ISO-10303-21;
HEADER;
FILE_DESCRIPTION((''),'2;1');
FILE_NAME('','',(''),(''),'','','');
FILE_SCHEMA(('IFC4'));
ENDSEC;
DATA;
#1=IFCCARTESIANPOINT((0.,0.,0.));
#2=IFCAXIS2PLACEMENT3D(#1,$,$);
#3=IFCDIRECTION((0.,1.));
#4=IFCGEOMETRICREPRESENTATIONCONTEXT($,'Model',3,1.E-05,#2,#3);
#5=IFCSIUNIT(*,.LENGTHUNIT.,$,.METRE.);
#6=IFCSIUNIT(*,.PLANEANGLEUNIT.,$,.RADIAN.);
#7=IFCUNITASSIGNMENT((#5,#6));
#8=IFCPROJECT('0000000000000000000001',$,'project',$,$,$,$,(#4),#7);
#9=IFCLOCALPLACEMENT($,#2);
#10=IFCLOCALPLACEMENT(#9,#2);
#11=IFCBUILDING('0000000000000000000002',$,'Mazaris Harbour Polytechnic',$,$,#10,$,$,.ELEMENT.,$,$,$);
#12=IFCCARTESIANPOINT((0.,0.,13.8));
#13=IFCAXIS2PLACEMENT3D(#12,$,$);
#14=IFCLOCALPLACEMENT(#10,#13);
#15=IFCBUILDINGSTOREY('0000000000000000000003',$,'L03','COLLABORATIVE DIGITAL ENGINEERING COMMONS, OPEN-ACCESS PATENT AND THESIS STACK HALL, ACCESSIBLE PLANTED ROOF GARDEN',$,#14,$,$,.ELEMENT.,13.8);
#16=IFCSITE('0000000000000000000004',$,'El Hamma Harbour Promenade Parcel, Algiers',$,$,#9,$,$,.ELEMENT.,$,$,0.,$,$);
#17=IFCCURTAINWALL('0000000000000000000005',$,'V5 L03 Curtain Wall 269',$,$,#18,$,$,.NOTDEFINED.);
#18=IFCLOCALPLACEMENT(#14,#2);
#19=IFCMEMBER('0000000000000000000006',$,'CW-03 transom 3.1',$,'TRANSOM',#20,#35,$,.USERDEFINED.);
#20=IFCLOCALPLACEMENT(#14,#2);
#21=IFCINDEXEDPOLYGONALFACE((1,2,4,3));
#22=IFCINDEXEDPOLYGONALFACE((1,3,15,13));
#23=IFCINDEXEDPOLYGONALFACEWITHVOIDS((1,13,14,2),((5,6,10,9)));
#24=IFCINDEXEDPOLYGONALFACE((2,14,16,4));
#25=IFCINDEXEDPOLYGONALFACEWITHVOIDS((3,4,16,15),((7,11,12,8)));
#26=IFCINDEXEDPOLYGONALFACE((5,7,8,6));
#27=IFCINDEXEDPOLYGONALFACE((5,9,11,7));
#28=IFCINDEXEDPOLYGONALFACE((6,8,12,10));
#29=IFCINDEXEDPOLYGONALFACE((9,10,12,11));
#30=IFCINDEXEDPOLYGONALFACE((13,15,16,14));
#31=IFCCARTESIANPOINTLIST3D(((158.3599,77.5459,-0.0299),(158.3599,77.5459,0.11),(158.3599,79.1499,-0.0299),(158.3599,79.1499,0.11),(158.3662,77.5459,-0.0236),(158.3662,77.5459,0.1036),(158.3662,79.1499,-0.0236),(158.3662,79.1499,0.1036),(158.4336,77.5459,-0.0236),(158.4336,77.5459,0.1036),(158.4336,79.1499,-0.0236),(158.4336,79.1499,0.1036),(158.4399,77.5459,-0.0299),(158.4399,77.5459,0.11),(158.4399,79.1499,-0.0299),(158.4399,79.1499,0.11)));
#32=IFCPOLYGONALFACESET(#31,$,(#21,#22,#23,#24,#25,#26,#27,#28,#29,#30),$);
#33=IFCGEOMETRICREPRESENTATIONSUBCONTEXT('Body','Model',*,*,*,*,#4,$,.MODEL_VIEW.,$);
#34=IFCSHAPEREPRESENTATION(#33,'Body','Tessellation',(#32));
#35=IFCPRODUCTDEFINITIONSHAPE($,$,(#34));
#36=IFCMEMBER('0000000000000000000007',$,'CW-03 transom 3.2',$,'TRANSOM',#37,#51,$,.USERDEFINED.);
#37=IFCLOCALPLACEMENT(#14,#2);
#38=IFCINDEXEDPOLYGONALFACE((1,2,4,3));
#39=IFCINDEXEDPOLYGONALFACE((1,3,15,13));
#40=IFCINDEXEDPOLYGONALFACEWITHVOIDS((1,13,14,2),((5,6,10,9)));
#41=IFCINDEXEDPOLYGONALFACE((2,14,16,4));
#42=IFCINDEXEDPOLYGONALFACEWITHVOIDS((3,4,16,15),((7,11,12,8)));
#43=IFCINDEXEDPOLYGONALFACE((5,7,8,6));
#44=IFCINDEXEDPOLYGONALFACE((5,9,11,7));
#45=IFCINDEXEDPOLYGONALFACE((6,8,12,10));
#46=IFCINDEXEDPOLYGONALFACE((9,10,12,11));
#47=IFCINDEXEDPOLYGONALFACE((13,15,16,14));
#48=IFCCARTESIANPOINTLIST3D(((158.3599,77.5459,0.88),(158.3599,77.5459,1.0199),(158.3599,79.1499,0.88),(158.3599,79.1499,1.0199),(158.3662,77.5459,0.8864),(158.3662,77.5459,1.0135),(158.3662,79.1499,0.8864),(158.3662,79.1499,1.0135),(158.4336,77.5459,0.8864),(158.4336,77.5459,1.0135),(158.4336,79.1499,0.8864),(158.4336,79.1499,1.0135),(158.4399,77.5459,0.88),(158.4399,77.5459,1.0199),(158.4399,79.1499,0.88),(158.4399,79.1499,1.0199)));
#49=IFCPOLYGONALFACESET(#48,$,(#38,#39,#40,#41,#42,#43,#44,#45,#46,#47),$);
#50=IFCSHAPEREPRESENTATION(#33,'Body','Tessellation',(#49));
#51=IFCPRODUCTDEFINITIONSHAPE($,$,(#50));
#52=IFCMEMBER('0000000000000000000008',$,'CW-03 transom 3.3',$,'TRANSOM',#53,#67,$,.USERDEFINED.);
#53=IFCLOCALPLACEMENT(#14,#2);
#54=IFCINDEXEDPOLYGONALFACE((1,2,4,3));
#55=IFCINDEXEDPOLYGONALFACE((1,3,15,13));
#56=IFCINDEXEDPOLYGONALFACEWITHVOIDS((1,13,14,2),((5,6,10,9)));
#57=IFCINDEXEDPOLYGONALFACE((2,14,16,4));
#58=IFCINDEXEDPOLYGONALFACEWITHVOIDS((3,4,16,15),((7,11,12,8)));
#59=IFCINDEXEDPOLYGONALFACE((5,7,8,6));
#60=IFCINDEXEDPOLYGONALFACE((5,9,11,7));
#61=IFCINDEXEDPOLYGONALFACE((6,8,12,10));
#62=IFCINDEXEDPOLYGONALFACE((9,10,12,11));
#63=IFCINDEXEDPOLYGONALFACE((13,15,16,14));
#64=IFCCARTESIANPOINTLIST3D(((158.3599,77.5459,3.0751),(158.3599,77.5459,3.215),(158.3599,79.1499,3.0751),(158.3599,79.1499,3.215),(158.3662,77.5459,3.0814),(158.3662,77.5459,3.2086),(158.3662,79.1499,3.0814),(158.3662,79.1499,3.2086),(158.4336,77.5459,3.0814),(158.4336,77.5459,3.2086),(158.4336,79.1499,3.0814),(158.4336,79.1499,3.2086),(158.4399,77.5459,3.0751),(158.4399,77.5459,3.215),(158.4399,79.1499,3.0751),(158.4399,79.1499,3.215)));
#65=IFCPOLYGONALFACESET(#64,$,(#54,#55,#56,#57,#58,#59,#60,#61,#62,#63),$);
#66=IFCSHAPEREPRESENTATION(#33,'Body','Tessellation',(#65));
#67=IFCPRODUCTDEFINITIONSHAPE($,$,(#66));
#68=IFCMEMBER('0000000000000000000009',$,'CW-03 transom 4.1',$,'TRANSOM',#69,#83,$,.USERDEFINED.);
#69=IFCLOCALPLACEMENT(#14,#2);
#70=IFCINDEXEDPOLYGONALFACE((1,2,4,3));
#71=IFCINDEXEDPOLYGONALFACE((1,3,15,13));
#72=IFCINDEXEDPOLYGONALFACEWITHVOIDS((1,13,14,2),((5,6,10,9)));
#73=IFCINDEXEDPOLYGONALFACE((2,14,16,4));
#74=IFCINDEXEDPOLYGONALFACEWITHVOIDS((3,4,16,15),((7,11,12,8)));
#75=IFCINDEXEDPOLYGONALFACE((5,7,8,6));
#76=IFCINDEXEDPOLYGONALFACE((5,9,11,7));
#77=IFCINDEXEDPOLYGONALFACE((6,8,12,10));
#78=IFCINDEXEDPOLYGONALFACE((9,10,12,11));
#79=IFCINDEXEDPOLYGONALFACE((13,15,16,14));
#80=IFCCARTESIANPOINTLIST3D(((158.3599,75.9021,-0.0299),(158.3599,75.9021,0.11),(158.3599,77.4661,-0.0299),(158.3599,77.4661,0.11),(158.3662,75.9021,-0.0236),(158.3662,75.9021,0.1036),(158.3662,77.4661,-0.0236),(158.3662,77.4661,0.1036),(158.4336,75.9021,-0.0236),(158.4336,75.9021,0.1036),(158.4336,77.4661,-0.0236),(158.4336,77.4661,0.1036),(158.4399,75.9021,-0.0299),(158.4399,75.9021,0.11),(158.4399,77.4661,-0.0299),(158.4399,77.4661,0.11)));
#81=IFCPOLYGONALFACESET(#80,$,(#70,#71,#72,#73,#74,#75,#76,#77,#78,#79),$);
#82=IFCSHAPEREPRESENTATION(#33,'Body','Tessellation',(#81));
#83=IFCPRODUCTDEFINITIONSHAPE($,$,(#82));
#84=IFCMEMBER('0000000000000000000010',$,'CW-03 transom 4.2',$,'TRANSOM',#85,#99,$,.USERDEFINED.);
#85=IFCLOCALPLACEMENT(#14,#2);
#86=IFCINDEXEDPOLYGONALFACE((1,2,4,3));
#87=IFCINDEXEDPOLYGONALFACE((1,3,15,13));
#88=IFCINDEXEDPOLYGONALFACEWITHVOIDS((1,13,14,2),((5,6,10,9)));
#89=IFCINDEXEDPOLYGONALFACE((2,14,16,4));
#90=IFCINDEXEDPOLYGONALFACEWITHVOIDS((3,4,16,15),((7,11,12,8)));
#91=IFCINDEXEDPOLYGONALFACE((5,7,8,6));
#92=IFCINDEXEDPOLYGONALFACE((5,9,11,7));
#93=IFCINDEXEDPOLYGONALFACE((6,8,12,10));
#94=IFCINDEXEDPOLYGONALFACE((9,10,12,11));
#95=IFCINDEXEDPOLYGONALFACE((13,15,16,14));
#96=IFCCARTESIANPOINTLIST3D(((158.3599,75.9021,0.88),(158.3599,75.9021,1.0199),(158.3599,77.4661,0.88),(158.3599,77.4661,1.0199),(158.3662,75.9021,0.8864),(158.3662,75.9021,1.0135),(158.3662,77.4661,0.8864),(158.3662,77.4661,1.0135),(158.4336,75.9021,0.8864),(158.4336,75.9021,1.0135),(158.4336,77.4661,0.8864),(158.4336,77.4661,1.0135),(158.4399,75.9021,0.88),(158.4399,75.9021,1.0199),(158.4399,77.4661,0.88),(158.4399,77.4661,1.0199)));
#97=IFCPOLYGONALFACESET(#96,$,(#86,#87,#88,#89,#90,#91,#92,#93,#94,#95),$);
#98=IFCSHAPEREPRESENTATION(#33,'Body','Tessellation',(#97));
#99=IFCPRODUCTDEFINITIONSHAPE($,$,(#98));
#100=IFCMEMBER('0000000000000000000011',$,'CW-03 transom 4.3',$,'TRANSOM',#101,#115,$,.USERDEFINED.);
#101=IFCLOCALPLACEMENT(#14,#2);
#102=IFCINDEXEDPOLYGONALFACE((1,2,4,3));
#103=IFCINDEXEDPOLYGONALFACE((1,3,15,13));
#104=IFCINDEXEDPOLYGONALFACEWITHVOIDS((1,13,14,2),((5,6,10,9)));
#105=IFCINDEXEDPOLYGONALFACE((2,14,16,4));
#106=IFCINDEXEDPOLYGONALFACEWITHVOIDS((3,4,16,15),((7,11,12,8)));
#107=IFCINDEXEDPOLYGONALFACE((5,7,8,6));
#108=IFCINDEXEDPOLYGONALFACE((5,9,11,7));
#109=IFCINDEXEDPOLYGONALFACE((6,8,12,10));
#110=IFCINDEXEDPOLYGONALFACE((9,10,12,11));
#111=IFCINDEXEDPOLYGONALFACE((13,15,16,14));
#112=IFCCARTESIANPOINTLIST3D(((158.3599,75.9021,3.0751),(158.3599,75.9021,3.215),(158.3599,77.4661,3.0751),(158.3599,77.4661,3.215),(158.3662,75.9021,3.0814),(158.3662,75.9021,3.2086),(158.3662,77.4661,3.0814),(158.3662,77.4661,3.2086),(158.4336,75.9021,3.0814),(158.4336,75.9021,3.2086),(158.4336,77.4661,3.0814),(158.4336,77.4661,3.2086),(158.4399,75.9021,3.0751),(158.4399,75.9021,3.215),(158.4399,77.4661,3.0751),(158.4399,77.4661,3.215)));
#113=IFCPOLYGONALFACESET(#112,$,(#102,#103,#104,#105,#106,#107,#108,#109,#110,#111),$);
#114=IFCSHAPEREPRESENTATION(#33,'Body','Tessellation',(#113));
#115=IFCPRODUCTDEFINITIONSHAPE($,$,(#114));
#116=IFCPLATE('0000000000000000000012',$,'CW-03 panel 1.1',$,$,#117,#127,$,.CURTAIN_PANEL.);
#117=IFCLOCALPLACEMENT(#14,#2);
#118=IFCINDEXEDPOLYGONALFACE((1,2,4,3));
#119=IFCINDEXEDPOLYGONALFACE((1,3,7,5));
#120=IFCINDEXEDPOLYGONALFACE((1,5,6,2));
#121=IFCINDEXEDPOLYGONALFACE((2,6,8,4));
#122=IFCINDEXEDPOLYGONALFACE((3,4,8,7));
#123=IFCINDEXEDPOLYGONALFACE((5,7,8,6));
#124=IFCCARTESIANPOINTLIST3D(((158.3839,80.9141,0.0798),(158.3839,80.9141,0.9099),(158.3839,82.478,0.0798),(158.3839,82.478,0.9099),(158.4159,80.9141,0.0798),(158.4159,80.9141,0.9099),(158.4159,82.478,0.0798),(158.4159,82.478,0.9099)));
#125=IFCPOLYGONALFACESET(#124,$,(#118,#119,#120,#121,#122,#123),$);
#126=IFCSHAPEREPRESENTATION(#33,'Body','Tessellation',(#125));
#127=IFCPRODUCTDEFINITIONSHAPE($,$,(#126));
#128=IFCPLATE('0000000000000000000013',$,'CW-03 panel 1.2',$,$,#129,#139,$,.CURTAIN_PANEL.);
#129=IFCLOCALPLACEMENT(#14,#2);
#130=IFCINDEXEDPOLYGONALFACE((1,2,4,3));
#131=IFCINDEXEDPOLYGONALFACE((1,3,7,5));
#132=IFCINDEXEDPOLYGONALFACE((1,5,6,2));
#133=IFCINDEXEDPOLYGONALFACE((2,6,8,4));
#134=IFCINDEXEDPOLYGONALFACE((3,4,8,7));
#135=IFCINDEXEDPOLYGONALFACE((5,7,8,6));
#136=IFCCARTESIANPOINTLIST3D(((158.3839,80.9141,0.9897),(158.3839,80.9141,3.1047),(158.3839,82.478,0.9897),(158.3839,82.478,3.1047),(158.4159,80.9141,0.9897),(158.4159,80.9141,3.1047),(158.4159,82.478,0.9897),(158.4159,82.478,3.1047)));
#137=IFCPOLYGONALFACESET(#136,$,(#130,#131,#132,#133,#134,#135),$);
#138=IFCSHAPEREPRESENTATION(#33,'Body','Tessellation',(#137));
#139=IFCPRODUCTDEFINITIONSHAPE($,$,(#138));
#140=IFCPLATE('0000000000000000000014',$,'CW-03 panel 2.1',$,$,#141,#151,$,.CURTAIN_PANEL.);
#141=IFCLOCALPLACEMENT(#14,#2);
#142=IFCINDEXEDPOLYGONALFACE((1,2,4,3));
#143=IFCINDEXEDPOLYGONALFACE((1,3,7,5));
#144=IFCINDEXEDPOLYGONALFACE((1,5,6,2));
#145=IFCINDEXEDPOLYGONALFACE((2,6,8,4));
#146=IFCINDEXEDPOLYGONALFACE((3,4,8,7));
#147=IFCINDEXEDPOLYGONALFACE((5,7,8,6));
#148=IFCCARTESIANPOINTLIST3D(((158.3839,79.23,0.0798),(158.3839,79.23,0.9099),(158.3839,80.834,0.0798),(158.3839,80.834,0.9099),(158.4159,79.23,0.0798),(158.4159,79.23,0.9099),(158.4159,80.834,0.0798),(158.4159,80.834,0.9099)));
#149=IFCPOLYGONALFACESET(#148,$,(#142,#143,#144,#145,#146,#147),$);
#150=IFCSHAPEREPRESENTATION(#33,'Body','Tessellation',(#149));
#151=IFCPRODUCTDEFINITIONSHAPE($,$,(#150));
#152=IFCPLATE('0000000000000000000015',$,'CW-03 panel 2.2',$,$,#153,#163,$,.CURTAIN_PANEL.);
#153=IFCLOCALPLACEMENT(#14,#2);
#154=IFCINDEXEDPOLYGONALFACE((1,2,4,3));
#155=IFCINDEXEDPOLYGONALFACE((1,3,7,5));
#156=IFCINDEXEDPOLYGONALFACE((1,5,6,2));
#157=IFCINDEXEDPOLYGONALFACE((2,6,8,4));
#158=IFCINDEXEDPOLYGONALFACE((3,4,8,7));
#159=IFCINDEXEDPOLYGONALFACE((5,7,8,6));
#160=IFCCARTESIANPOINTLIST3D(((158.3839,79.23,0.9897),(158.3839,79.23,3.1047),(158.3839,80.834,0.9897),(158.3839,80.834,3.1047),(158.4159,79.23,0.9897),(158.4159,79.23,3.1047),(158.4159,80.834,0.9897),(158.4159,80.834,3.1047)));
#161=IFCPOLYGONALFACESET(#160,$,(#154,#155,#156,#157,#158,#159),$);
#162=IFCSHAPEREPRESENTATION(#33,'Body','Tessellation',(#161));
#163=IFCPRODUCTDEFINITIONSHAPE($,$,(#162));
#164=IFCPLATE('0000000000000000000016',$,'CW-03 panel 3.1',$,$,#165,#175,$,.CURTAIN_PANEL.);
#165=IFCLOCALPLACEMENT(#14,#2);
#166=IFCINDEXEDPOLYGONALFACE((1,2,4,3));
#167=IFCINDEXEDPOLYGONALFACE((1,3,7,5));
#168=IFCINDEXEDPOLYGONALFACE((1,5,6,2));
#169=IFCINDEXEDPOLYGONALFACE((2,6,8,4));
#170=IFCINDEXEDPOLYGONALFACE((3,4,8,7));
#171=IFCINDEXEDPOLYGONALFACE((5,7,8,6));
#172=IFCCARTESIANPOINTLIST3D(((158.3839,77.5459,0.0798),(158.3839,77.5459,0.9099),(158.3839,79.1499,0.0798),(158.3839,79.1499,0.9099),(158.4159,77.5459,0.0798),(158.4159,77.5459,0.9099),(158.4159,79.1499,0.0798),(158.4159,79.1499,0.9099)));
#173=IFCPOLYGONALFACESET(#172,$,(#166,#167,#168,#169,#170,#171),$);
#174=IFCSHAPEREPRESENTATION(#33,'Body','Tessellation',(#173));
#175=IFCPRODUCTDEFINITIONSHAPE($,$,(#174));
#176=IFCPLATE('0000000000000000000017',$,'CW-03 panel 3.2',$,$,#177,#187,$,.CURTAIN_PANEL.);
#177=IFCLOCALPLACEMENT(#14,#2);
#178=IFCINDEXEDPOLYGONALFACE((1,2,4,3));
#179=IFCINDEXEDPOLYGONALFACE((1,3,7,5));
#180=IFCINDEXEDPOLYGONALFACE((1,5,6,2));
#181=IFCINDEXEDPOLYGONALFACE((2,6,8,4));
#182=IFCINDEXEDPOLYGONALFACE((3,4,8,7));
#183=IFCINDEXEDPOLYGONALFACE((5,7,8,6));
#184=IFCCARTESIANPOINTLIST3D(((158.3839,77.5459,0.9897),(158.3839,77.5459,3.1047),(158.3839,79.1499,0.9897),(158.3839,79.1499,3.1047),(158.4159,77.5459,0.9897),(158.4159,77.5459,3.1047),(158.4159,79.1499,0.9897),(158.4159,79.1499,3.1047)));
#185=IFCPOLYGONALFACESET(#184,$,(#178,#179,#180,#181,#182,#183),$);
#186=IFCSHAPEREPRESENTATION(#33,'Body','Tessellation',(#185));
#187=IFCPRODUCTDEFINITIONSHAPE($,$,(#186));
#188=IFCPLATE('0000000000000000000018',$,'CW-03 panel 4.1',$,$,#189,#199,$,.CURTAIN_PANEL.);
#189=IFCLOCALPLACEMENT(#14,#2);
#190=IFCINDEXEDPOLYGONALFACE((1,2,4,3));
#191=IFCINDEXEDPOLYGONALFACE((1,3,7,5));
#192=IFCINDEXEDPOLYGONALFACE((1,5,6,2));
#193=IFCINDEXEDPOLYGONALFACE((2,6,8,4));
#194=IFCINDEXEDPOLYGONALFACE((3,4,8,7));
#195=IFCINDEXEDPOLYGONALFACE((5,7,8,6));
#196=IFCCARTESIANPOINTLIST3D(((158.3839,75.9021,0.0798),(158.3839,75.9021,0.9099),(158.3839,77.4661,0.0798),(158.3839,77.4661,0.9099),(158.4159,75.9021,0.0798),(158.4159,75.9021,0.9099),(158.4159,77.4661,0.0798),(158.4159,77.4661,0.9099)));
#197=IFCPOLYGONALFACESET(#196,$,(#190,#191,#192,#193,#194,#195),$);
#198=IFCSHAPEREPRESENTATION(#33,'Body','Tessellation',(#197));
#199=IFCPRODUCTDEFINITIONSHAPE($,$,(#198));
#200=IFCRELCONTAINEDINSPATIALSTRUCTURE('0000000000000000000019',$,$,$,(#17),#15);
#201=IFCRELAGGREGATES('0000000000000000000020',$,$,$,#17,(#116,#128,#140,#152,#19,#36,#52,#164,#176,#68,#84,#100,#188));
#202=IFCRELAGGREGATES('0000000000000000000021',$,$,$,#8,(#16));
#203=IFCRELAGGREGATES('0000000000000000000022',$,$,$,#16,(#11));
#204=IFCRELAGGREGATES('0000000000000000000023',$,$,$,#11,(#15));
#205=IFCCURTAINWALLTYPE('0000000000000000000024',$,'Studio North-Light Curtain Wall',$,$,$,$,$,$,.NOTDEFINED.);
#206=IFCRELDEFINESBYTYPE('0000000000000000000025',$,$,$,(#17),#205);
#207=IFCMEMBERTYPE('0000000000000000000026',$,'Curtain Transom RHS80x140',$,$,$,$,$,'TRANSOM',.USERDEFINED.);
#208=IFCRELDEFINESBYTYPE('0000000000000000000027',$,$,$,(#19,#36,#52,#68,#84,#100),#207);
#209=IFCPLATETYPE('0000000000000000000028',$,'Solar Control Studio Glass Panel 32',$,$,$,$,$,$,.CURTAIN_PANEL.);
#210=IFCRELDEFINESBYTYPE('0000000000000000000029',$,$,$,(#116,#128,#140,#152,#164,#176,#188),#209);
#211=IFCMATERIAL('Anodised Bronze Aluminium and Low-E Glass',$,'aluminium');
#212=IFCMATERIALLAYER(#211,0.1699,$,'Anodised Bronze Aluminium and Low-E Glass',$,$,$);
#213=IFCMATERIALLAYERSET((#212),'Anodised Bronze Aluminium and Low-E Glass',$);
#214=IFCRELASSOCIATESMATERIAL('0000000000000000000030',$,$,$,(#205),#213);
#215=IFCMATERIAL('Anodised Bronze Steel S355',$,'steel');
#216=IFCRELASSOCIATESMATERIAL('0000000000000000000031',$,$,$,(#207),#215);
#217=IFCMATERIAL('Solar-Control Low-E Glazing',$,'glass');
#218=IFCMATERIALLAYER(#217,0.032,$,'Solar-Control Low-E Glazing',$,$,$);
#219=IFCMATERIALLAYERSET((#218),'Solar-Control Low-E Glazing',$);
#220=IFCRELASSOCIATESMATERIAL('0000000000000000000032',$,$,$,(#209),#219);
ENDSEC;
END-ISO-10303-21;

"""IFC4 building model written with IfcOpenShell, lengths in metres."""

from ifc_helpers import new_model, si_unit, direction, frame, origin, origin_2d, place, context, subcontext, project, spatial, rectangle, hollow_rectangle, extrude, material, layer, layer_set, material_profile, profile_set, type_object, element, aggregate, save


model = new_model("IFC4")

# Units and contexts
model_context = context("Model", 3, precision=1e-05, world=origin(), true_north=direction((0.0, 1.0)))
body_context = subcontext(model_context, "Body", "Model", "MODEL_VIEW")
ifc_project = project(units=[si_unit("LENGTHUNIT", "METRE"), si_unit("PLANEANGLEUNIT", "RADIAN")], contexts=[model_context])

# Site, building, storey
site_placement = place(None, origin())
site = spatial("IfcSite", under=ifc_project, at=site_placement, Name="El Hamma Harbour Promenade Parcel, Algiers", CompositionType="ELEMENT", RefElevation=0.0)
building_placement = place(site_placement, origin())
building = spatial("IfcBuilding", under=site, at=building_placement, Name="Mazaris Harbour Polytechnic", CompositionType="ELEMENT")
storey_placement = place(building_placement, frame((0.0, 0.0, 13.8)))
storey = spatial("IfcBuildingStorey", under=building, at=storey_placement, Name="L03", Description="COLLABORATIVE DIGITAL ENGINEERING COMMONS, OPEN-ACCESS PATENT AND THESIS STACK HALL, ACCESSIBLE PLANTED ROOF GARDEN", CompositionType="ELEMENT", Elevation=13.8)

# Curtain wall, members, plates
ifc_material_1 = material(Name="Anodised Bronze Aluminium and Low-E Glass", Category="aluminium")
ifc_layer_1 = layer(ifc_material_1, 0.1699, Name="Anodised Bronze Aluminium and Low-E Glass")
ifc_layer_set_1 = layer_set([ifc_layer_1], Name="Anodised Bronze Aluminium and Low-E Glass")
curtain_wall_type = type_object("IfcCurtainWallType", Name="Studio North-Light Curtain Wall", PredefinedType="NOTDEFINED", material=ifc_layer_set_1)
curtain_wall_placement = place(storey_placement, origin())
curtain_wall = element("IfcCurtainWall", 1, at=curtain_wall_placement, inside=storey, type_object=curtain_wall_type, Name="V5 L03 Curtain Wall 269", PredefinedType="NOTDEFINED")
ifc_material_2 = material(Name="Anodised Bronze Steel S355", Category="steel")
ifc_material_profile_1 = material_profile(ifc_material_2, hollow_rectangle(XDim=0.0801, YDim=0.1399, WallThickness=0.0063, at=origin_2d()), Name="RHS 80x140x6.3")
ifc_profile_set_1 = profile_set([ifc_material_profile_1], Name="Anodised Bronze Steel S355")
member_type_1 = type_object("IfcMemberType", Name="Curtain Transom RHS80x140", ElementType="TRANSOM", PredefinedType="USERDEFINED", material=ifc_profile_set_1)
member_1_placement = place(storey_placement, frame((158.3999, 79.1499, 0.04), z_axis=(0.0, -1.0, 0.0), x_axis=(1.0, 0.0, 0.0)))
member_1 = element("IfcMember", 2, at=member_1_placement, type_object=member_type_1, Name="CW-03 transom 3.1", ObjectType="TRANSOM", PredefinedType="USERDEFINED", context=body_context, shape_type="SweptSolid", body=[
    extrude(hollow_rectangle(XDim=0.0801, YDim=0.1399, WallThickness=0.0063, at=origin_2d()), origin(), (0.0, 0.0, 1.0), 1.604),
])
member_2_placement = place(storey_placement, frame((158.3999, 79.1499, 0.95), z_axis=(0.0, -1.0, 0.0), x_axis=(1.0, 0.0, 0.0)))
member_2 = element("IfcMember", 3, at=member_2_placement, type_object=member_type_1, Name="CW-03 transom 3.2", ObjectType="TRANSOM", PredefinedType="USERDEFINED", context=body_context, shape_type="SweptSolid", body=[
    extrude(hollow_rectangle(XDim=0.0801, YDim=0.1399, WallThickness=0.0063, at=origin_2d()), origin(), (0.0, 0.0, 1.0), 1.604),
])
member_3_placement = place(storey_placement, frame((158.3999, 79.1499, 3.145), z_axis=(0.0, -1.0, 0.0), x_axis=(1.0, 0.0, 0.0)))
member_3 = element("IfcMember", 4, at=member_3_placement, type_object=member_type_1, Name="CW-03 transom 3.3", ObjectType="TRANSOM", PredefinedType="USERDEFINED", context=body_context, shape_type="SweptSolid", body=[
    extrude(hollow_rectangle(XDim=0.0801, YDim=0.1399, WallThickness=0.0063, at=origin_2d()), origin(), (0.0, 0.0, 1.0), 1.604),
])
member_4_placement = place(storey_placement, frame((158.3999, 77.4661, 0.04), z_axis=(0.0, -1.0, 0.0), x_axis=(1.0, 0.0, 0.0)))
member_4 = element("IfcMember", 5, at=member_4_placement, type_object=member_type_1, Name="CW-03 transom 4.1", ObjectType="TRANSOM", PredefinedType="USERDEFINED", context=body_context, shape_type="SweptSolid", body=[
    extrude(hollow_rectangle(XDim=0.0801, YDim=0.1399, WallThickness=0.0063, at=origin_2d()), origin(), (0.0, 0.0, 1.0), 1.564),
])
member_5_placement = place(storey_placement, frame((158.3999, 77.4661, 0.95), z_axis=(0.0, -1.0, 0.0), x_axis=(1.0, 0.0, 0.0)))
member_5 = element("IfcMember", 6, at=member_5_placement, type_object=member_type_1, Name="CW-03 transom 4.2", ObjectType="TRANSOM", PredefinedType="USERDEFINED", context=body_context, shape_type="SweptSolid", body=[
    extrude(hollow_rectangle(XDim=0.0801, YDim=0.1399, WallThickness=0.0063, at=origin_2d()), origin(), (0.0, 0.0, 1.0), 1.564),
])
member_6_placement = place(storey_placement, frame((158.3999, 77.4661, 3.145), z_axis=(0.0, -1.0, 0.0), x_axis=(1.0, 0.0, 0.0)))
member_6 = element("IfcMember", 7, at=member_6_placement, type_object=member_type_1, Name="CW-03 transom 4.3", ObjectType="TRANSOM", PredefinedType="USERDEFINED", context=body_context, shape_type="SweptSolid", body=[
    extrude(hollow_rectangle(XDim=0.0801, YDim=0.1399, WallThickness=0.0063, at=origin_2d()), origin(), (0.0, 0.0, 1.0), 1.564),
])
ifc_material_3 = material(Name="Solar-Control Low-E Glazing", Category="glass")
ifc_layer_2 = layer(ifc_material_3, 0.032, Name="Solar-Control Low-E Glazing")
ifc_layer_set_2 = layer_set([ifc_layer_2], Name="Solar-Control Low-E Glazing")
plate_type = type_object("IfcPlateType", Name="Solar Control Studio Glass Panel 32", PredefinedType="CURTAIN_PANEL", material=ifc_layer_set_2)
plate_1_placement = place(storey_placement, frame((158.3999, 81.696, 0.0798), z_axis=(0.0, 0.0, 1.0), x_axis=(0.0, -1.0, 0.0)))
plate_1 = element("IfcPlate", 8, at=plate_1_placement, type_object=plate_type, Name="CW-03 panel 1.1", PredefinedType="CURTAIN_PANEL", context=body_context, shape_type="SweptSolid", body=[
    extrude(rectangle(XDim=1.564, YDim=0.032, at=origin_2d()), origin(), (0.0, 0.0, 1.0), 0.8301),
])
plate_2_placement = place(storey_placement, frame((158.3999, 81.696, 0.9897), z_axis=(0.0, 0.0, 1.0), x_axis=(0.0, -1.0, 0.0)))
plate_2 = element("IfcPlate", 9, at=plate_2_placement, type_object=plate_type, Name="CW-03 panel 1.2", PredefinedType="CURTAIN_PANEL", context=body_context, shape_type="SweptSolid", body=[
    extrude(rectangle(XDim=1.564, YDim=0.032, at=origin_2d()), origin(), (0.0, 0.0, 1.0), 2.115),
])
plate_3_placement = place(storey_placement, frame((158.3999, 80.032, 0.0798), z_axis=(0.0, 0.0, 1.0), x_axis=(0.0, -1.0, 0.0)))
plate_3 = element("IfcPlate", 10, at=plate_3_placement, type_object=plate_type, Name="CW-03 panel 2.1", PredefinedType="CURTAIN_PANEL", context=body_context, shape_type="SweptSolid", body=[
    extrude(rectangle(XDim=1.604, YDim=0.032, at=origin_2d()), origin(), (0.0, 0.0, 1.0), 0.8301),
])
plate_4_placement = place(storey_placement, frame((158.3999, 80.032, 0.9897), z_axis=(0.0, 0.0, 1.0), x_axis=(0.0, -1.0, 0.0)))
plate_4 = element("IfcPlate", 11, at=plate_4_placement, type_object=plate_type, Name="CW-03 panel 2.2", PredefinedType="CURTAIN_PANEL", context=body_context, shape_type="SweptSolid", body=[
    extrude(rectangle(XDim=1.604, YDim=0.032, at=origin_2d()), origin(), (0.0, 0.0, 1.0), 2.115),
])
plate_5_placement = place(storey_placement, frame((158.3999, 78.3479, 0.0798), z_axis=(0.0, 0.0, 1.0), x_axis=(0.0, -1.0, 0.0)))
plate_5 = element("IfcPlate", 12, at=plate_5_placement, type_object=plate_type, Name="CW-03 panel 3.1", PredefinedType="CURTAIN_PANEL", context=body_context, shape_type="SweptSolid", body=[
    extrude(rectangle(XDim=1.604, YDim=0.032, at=origin_2d()), origin(), (0.0, 0.0, 1.0), 0.8301),
])
plate_6_placement = place(storey_placement, frame((158.3999, 78.3479, 0.9897), z_axis=(0.0, 0.0, 1.0), x_axis=(0.0, -1.0, 0.0)))
plate_6 = element("IfcPlate", 13, at=plate_6_placement, type_object=plate_type, Name="CW-03 panel 3.2", PredefinedType="CURTAIN_PANEL", context=body_context, shape_type="SweptSolid", body=[
    extrude(rectangle(XDim=1.604, YDim=0.032, at=origin_2d()), origin(), (0.0, 0.0, 1.0), 2.115),
])
plate_7_placement = place(storey_placement, frame((158.3999, 76.6841, 0.0798), z_axis=(0.0, 0.0, 1.0), x_axis=(0.0, -1.0, 0.0)))
plate_7 = element("IfcPlate", 14, at=plate_7_placement, type_object=plate_type, Name="CW-03 panel 4.1", PredefinedType="CURTAIN_PANEL", context=body_context, shape_type="SweptSolid", body=[
    extrude(rectangle(XDim=1.564, YDim=0.032, at=origin_2d()), origin(), (0.0, 0.0, 1.0), 0.8301),
])
aggregate(curtain_wall, [plate_1, plate_2, plate_3, plate_4, member_1, member_2, member_3, plate_5, plate_6, member_4, member_5, member_6, plate_7])

save(model, "model.ifc")
